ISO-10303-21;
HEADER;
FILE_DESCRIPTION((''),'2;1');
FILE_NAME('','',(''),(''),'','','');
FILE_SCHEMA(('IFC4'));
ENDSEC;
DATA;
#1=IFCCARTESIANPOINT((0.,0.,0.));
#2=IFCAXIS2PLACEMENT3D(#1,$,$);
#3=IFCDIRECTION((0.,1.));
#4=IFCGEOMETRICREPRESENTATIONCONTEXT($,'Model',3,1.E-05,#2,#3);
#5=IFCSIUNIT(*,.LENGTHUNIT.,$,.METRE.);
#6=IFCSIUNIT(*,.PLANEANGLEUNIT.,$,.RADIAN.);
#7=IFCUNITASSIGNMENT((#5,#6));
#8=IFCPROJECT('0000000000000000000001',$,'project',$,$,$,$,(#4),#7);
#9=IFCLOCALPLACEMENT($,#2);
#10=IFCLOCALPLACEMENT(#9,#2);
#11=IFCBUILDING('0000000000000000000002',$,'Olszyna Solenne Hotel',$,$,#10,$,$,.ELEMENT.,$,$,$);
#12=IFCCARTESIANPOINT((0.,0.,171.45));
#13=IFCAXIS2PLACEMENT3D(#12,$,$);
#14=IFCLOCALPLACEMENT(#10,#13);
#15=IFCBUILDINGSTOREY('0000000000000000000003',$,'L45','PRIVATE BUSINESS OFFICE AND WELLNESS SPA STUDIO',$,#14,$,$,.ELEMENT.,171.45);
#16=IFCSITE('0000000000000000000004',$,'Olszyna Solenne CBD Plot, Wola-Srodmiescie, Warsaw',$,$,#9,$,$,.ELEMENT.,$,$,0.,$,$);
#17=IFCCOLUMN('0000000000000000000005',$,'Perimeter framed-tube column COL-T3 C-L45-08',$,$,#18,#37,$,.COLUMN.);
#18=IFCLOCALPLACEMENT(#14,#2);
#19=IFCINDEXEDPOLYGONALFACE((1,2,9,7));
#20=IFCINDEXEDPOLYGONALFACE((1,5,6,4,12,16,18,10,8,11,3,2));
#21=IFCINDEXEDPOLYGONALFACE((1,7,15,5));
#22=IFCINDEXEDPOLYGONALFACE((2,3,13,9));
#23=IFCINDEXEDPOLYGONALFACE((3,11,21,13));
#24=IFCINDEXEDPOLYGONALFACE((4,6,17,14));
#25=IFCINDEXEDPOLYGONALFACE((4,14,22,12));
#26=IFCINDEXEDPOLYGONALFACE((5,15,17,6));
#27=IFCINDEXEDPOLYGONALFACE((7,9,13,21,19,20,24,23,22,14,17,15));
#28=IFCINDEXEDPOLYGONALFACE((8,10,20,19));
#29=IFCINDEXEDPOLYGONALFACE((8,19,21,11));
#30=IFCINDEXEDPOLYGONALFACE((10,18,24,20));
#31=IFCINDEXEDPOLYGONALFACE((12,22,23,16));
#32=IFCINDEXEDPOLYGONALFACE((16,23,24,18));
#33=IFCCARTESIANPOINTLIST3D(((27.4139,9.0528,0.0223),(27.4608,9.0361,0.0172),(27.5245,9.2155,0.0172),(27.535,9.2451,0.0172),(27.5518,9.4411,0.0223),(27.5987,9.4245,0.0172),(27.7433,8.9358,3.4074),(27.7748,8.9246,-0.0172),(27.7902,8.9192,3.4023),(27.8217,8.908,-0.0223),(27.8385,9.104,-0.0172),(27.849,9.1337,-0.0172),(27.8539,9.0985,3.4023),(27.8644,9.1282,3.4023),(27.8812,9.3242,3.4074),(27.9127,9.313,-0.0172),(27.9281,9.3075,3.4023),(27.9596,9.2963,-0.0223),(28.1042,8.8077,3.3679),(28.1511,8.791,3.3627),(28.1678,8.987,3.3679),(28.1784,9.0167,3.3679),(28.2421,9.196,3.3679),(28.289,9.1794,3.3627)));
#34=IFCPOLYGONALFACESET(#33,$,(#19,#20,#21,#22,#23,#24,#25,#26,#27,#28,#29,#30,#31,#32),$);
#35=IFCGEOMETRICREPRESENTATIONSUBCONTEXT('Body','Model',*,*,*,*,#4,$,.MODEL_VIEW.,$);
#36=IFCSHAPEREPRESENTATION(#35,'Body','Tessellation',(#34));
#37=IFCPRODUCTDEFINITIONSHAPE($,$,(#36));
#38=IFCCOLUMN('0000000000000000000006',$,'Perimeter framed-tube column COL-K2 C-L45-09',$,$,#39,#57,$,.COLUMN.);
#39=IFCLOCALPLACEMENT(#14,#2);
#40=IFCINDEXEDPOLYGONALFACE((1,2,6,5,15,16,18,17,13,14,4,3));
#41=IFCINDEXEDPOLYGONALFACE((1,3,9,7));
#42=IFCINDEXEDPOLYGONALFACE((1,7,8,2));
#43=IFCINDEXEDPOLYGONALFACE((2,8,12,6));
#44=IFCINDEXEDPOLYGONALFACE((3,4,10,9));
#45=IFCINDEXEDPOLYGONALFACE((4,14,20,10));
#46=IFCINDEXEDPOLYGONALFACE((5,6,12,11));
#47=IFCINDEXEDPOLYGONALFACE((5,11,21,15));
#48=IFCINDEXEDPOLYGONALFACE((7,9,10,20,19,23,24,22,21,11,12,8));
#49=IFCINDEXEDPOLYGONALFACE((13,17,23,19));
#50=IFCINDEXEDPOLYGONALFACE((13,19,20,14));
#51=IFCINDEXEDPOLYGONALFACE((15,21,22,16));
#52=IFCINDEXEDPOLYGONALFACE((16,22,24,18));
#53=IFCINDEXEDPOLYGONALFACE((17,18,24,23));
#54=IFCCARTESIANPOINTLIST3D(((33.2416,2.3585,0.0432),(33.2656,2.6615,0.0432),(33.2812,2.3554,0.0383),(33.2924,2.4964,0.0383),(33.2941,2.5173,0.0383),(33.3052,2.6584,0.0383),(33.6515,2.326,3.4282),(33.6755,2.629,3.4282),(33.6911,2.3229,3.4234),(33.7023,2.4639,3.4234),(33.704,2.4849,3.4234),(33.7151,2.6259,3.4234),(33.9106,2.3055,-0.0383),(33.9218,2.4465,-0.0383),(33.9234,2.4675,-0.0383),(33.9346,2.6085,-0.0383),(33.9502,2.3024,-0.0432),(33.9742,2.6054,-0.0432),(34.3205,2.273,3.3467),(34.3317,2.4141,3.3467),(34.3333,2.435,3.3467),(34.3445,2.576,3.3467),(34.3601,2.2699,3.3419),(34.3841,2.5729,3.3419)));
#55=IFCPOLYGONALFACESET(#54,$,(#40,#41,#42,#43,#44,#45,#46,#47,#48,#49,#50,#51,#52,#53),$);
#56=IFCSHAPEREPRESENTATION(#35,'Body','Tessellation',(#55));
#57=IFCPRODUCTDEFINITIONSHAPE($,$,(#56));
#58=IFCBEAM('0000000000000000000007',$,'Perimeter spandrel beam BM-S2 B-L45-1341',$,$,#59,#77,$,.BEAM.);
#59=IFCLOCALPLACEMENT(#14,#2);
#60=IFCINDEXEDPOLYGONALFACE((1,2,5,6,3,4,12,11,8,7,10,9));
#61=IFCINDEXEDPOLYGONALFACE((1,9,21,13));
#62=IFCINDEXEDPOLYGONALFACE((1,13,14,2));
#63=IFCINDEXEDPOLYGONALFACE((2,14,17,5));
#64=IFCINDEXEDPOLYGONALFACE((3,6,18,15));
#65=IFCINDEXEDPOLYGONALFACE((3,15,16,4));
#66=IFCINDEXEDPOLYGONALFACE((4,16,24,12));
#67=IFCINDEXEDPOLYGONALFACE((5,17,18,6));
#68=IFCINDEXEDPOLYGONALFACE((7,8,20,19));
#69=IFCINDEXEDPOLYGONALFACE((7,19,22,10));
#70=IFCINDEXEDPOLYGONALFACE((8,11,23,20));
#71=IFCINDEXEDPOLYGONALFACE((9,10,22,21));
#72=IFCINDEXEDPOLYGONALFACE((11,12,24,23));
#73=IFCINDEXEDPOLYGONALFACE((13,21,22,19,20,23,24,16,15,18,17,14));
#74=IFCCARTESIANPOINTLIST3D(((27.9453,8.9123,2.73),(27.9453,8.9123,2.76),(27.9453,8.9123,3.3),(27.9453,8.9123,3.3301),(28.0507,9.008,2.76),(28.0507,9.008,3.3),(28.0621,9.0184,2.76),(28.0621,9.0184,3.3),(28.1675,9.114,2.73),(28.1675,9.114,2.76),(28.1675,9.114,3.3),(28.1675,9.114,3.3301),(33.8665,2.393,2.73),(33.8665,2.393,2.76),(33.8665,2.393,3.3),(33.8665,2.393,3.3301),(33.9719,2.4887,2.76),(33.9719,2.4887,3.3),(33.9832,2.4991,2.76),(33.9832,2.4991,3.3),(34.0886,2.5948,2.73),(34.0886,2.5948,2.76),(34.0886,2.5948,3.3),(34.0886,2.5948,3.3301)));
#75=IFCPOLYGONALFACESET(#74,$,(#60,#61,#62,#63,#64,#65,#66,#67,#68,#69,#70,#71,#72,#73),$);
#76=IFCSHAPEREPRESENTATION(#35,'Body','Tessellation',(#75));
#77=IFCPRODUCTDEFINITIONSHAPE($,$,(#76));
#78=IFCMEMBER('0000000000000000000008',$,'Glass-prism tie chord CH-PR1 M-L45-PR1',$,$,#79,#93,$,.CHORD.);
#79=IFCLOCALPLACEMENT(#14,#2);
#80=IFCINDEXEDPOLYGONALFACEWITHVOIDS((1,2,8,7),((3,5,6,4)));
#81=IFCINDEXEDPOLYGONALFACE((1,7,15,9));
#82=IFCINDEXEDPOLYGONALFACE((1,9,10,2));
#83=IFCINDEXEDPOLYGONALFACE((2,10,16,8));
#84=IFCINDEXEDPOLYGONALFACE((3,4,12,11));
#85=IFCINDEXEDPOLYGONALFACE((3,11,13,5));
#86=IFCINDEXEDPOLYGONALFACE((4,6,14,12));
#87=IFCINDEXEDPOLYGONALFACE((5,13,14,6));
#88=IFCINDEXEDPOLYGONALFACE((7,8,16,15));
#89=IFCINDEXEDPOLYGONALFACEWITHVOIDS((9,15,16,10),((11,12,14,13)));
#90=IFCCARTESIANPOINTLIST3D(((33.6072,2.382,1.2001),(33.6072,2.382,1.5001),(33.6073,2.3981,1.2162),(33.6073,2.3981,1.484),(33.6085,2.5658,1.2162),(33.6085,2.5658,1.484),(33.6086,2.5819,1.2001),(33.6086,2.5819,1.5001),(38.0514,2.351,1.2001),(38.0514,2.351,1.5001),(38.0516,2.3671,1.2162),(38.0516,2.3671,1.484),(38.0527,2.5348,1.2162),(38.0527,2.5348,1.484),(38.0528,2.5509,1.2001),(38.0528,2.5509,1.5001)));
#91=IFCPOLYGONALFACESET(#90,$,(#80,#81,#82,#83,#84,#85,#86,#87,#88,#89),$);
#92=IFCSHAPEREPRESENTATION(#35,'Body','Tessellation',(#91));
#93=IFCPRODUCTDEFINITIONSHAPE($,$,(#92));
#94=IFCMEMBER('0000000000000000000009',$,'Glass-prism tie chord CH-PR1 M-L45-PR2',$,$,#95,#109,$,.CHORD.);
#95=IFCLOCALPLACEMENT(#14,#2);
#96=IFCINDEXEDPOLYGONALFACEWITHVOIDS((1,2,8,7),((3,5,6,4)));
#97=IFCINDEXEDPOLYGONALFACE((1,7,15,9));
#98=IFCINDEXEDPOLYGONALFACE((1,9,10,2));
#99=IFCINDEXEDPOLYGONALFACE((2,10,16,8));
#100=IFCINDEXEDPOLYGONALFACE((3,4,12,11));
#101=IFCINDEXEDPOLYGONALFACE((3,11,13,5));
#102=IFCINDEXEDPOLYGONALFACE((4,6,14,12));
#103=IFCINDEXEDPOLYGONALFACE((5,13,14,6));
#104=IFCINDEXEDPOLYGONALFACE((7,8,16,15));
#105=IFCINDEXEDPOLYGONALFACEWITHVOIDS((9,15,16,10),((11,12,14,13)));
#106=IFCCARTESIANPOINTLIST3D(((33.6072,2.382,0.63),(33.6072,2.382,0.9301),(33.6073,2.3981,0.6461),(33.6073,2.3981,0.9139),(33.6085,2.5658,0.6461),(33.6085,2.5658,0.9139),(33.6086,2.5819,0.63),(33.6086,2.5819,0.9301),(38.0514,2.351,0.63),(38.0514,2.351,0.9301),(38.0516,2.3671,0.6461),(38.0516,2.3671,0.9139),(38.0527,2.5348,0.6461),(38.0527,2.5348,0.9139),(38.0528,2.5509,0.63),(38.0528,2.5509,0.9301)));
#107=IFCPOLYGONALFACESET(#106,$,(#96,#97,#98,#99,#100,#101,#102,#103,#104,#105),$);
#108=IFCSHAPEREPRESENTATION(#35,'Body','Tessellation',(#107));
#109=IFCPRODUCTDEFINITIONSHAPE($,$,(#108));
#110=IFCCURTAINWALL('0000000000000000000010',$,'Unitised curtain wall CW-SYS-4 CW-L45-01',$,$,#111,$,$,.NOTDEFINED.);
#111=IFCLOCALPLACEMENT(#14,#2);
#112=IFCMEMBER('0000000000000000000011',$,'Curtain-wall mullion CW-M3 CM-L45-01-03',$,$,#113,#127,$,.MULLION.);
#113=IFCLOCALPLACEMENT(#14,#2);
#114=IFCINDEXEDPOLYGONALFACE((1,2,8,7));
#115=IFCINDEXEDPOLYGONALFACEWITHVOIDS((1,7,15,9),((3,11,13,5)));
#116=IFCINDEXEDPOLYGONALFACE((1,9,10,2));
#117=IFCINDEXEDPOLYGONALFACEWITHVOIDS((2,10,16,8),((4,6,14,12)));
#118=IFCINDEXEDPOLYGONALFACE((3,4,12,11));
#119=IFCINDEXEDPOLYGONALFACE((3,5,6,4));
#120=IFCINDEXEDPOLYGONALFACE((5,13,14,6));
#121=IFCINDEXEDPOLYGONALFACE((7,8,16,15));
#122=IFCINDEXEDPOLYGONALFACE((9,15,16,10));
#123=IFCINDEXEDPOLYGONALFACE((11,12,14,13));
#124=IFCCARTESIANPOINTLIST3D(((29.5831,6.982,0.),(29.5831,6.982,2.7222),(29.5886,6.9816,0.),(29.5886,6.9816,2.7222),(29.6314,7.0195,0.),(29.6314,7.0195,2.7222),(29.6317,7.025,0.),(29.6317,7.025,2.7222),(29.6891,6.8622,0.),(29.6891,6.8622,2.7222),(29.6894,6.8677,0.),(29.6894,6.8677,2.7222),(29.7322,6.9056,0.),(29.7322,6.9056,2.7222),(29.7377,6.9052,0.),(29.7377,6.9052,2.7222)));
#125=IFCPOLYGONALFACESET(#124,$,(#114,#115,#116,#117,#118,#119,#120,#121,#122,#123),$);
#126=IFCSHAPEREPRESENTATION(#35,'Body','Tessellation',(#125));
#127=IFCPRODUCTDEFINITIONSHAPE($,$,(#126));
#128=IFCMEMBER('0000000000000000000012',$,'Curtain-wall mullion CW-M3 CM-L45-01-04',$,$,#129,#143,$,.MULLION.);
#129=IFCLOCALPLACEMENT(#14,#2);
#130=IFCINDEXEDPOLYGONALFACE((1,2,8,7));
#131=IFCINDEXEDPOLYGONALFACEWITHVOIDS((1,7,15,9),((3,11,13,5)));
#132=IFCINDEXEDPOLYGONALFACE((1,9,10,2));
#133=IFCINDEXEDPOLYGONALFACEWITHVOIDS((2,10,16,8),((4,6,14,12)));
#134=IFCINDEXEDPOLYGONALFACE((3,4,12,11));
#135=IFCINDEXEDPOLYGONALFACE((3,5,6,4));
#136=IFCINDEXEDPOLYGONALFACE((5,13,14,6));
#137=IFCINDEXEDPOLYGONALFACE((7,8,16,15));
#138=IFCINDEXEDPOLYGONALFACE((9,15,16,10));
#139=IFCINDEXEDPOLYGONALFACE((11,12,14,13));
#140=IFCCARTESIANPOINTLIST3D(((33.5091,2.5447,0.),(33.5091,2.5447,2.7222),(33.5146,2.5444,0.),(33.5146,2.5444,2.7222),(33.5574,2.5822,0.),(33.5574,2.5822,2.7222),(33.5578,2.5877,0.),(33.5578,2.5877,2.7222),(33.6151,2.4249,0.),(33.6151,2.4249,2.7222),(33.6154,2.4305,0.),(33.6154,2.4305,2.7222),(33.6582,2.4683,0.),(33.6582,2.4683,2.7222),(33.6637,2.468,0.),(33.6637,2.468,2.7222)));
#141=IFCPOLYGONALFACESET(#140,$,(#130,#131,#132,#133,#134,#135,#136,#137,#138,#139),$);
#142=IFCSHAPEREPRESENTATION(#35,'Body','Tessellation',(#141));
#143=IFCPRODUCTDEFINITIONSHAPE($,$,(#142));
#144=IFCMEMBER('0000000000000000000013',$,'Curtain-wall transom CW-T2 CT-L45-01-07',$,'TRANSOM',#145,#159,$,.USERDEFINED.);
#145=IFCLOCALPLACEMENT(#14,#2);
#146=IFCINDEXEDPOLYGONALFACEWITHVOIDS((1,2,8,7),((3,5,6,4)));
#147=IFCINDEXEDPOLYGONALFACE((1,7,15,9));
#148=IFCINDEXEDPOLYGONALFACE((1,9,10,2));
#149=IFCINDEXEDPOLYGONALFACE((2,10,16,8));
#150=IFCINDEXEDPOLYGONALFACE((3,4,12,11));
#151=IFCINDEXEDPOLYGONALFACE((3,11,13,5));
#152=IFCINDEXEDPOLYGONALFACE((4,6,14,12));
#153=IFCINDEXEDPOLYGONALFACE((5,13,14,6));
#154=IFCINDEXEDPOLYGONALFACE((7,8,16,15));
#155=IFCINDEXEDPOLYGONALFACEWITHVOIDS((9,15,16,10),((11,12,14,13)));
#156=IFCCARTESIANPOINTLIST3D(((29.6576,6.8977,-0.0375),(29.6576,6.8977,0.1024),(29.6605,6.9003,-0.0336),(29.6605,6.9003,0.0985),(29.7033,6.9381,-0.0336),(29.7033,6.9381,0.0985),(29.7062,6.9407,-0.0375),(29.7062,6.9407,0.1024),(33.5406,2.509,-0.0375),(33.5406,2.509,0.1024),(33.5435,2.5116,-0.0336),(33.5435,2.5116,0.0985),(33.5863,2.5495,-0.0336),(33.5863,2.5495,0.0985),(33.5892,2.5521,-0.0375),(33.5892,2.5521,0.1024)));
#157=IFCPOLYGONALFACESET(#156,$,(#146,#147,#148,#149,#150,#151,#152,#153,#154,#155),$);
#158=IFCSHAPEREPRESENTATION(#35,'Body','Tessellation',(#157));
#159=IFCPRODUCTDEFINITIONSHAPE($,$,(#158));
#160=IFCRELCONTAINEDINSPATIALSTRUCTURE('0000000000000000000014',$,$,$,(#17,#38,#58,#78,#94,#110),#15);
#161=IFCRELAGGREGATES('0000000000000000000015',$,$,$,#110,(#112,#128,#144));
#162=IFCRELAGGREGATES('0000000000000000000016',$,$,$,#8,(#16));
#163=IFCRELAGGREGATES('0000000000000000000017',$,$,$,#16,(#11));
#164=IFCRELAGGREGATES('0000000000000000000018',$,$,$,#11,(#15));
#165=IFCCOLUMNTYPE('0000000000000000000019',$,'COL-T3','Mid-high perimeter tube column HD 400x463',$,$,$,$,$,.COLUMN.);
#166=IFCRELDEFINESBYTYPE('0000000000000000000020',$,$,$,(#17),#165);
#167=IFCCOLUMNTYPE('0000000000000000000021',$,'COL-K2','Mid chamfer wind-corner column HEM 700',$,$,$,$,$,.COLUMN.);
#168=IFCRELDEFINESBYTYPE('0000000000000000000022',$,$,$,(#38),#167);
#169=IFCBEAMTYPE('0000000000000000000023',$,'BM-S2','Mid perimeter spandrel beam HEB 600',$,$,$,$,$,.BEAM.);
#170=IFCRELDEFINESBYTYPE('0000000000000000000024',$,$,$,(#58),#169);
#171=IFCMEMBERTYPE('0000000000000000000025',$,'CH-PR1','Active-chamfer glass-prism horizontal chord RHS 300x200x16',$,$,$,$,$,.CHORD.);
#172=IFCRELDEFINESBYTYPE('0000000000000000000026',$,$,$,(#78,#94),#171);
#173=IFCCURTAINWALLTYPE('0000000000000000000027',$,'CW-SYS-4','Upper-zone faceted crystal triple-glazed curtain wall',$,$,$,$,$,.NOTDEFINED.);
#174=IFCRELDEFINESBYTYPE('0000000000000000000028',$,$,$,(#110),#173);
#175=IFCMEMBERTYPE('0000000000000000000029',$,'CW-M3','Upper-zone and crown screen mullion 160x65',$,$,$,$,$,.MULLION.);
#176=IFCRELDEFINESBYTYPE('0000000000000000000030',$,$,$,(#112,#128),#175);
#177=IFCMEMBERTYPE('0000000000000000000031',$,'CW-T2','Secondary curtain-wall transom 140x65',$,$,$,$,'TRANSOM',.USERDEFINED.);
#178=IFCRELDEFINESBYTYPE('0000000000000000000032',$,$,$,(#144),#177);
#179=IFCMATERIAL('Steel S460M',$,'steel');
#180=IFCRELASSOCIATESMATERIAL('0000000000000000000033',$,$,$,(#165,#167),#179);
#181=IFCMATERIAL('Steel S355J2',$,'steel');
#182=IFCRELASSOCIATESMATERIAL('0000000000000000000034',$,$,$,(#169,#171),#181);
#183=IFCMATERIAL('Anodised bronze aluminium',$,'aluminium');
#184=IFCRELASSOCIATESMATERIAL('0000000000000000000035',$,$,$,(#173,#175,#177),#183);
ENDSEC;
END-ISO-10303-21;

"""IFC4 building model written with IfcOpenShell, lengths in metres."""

from ifc_helpers import new_model, si_unit, direction, frame, origin, origin_2d, place, context, subcontext, project, spatial, hollow_rectangle, i_section, extrude, source, transform, mapped, material, material_profile, profile_set, type_object, element, aggregate, save


model = new_model("IFC4")

# Units and contexts
model_context = context("Model", 3, precision=1e-05, world=origin(), true_north=direction((0.0, 1.0)))
body_context = subcontext(model_context, "Body", "Model", "MODEL_VIEW")
ifc_project = project(units=[si_unit("LENGTHUNIT", "METRE"), si_unit("PLANEANGLEUNIT", "RADIAN")], contexts=[model_context])

# Site, building, storey
site_placement = place(None, origin())
site = spatial("IfcSite", under=ifc_project, at=site_placement, Name="Olszyna Solenne CBD Plot, Wola-Srodmiescie, Warsaw", CompositionType="ELEMENT", RefElevation=0.0)
building_placement = place(site_placement, origin())
building = spatial("IfcBuilding", under=site, at=building_placement, Name="Olszyna Solenne Hotel", CompositionType="ELEMENT")
storey_placement = place(building_placement, frame((0.0, 0.0, 171.45)))
storey = spatial("IfcBuildingStorey", under=building, at=storey_placement, Name="L45", Description="PRIVATE BUSINESS OFFICE AND WELLNESS SPA STUDIO", CompositionType="ELEMENT", Elevation=171.45)

# Columns
ifc_material_1 = material(Name="Steel S460M", Category="steel")
ifc_material_profile_1 = material_profile(ifc_material_1, i_section(OverallWidth=0.4121, OverallDepth=0.4351, WebThickness=0.0315, FlangeThickness=0.05, at=origin_2d()), Name="HD 400x463", Category="load-bearing")
ifc_profile_set_1 = profile_set([ifc_material_profile_1], Name="Steel S460M")
column_type_1 = type_object("IfcColumnType", Name="COL-T3", Description="Mid-high perimeter tube column HD 400x463", PredefinedType="COLUMN", material=ifc_profile_set_1)
shared_shape_1 = source(origin(), body_context, "Body", "SweptSolid", [
    extrude(i_section(OverallWidth=0.4121, OverallDepth=0.4351, WebThickness=0.0315, FlangeThickness=0.05, at=origin_2d()), origin(), (0.0, 0.0, 1.0), 3.4031),
])
column_1_placement = place(storey_placement, frame((27.6868, 9.1746, 0.0), z_axis=(0.096781, -0.034365, 0.994712), x_axis=(0.33461, 0.942357, 0.0)))
element("IfcColumn", 1, at=column_1_placement, inside=storey, type_object=column_type_1, Name="Perimeter framed-tube column COL-T3 C-L45-08", PredefinedType="COLUMN", context=body_context, shape_type="MappedRepresentation", body=[
    mapped(shared_shape_1, transform((0.0, 0.0, 0.0), x_axis=(1.0, 0.0, 0.0), y_axis=(0.0, 1.0, 0.0), z_axis=(0.0, 0.0, 1.0), scale=1.0)),
])
ifc_material_profile_2 = material_profile(ifc_material_1, i_section(OverallWidth=0.304, OverallDepth=0.7161, WebThickness=0.021, FlangeThickness=0.04, at=origin_2d()), Name="HEM 700", Category="load-bearing")
ifc_profile_set_2 = profile_set([ifc_material_profile_2], Name="Steel S460M")
column_type_2 = type_object("IfcColumnType", Name="COL-K2", Description="Mid chamfer wind-corner column HEM 700", PredefinedType="COLUMN", material=ifc_profile_set_2)
shared_shape_2 = source(origin(), body_context, "Body", "SweptSolid", [
    extrude(i_section(OverallWidth=0.304, OverallDepth=0.7161, WebThickness=0.021, FlangeThickness=0.04, at=origin_2d()), origin(), (0.0, 0.0, 1.0), 3.4099),
])
column_2_placement = place(storey_placement, frame((33.6079, 2.4819, 0.0), z_axis=(0.120213, -0.009522, 0.992703), x_axis=(0.078966, 0.996877, 0.0)))
element("IfcColumn", 2, at=column_2_placement, inside=storey, type_object=column_type_2, Name="Perimeter framed-tube column COL-K2 C-L45-09", PredefinedType="COLUMN", context=body_context, shape_type="MappedRepresentation", body=[
    mapped(shared_shape_2, transform((0.0, 0.0, 0.0), x_axis=(1.0, 0.0, 0.0), y_axis=(0.0, 1.0, 0.0), z_axis=(0.0, 0.0, 1.0), scale=1.0)),
])

# Beam
ifc_material_2 = material(Name="Steel S355J2", Category="steel")
ifc_material_profile_3 = material_profile(ifc_material_2, i_section(OverallWidth=0.3, OverallDepth=0.6001, WebThickness=0.0154, FlangeThickness=0.03, at=origin_2d()), Name="HEB 600", Category="load-bearing")
ifc_profile_set_3 = profile_set([ifc_material_profile_3], Name="Steel S355J2")
beam_type = type_object("IfcBeamType", Name="BM-S2", Description="Mid perimeter spandrel beam HEB 600", PredefinedType="BEAM", material=ifc_profile_set_3)
shared_shape_3 = source(origin(), body_context, "Body", "SweptSolid", [
    extrude(i_section(OverallWidth=0.3, OverallDepth=0.6001, WebThickness=0.0154, FlangeThickness=0.03, at=origin_2d()), origin(), (0.0, 0.0, 1.0), 8.8069),
])
beam_placement = place(storey_placement, frame((28.0564, 9.0132, 3.03), z_axis=(0.672332, -0.74025, 0.0), x_axis=(0.74025, 0.672332, 0.0)))
element("IfcBeam", 3, at=beam_placement, inside=storey, type_object=beam_type, Name="Perimeter spandrel beam BM-S2 B-L45-1341", PredefinedType="BEAM", context=body_context, shape_type="MappedRepresentation", body=[
    mapped(shared_shape_3, transform((0.0, 0.0, 0.0), x_axis=(1.0, 0.0, 0.0), y_axis=(0.0, 1.0, 0.0), z_axis=(0.0, 0.0, 1.0), scale=1.0)),
])

# Members
ifc_material_profile_4 = material_profile(ifc_material_2, hollow_rectangle(XDim=0.2, YDim=0.3, WallThickness=0.0161, at=origin_2d()), Name="RHS 300x200x16", Category="load-bearing")
ifc_profile_set_4 = profile_set([ifc_material_profile_4], Name="Steel S355J2")
member_type_1 = type_object("IfcMemberType", Name="CH-PR1", Description="Active-chamfer glass-prism horizontal chord RHS 300x200x16", PredefinedType="CHORD", material=ifc_profile_set_4)
shared_shape_4 = source(origin(), body_context, "Body", "SweptSolid", [
    extrude(hollow_rectangle(XDim=0.2, YDim=0.3, WallThickness=0.0161, at=origin_2d()), origin(), (0.0, 0.0, 1.0), 4.4443),
])
for number, where, z_axis, x_axis, name in (
    (4, (33.6079, 2.4819, 1.3501), (0.999976, -0.006976, 0.0), (0.006976, 0.999976, 0.0), "Glass-prism tie chord CH-PR1 M-L45-PR1"),
    (5, (33.6079, 2.4819, 0.78), (0.999976, -0.006976, 0.0), (0.006976, 0.999976, 0.0), "Glass-prism tie chord CH-PR1 M-L45-PR2"),
):
    element("IfcMember", number, at=place(storey_placement, frame(where, z_axis=z_axis, x_axis=x_axis)), inside=storey, type_object=member_type_1, Name=name, PredefinedType="CHORD", context=body_context, shape_type="MappedRepresentation", body=[
        mapped(shared_shape_4, transform((0.0, 0.0, 0.0), x_axis=(1.0, 0.0, 0.0), y_axis=(0.0, 1.0, 0.0), z_axis=(0.0, 0.0, 1.0), scale=1.0)),
    ])

# Curtain wall, members
ifc_material_3 = material(Name="Anodised bronze aluminium", Category="aluminium")
curtain_wall_type = type_object("IfcCurtainWallType", Name="CW-SYS-4", Description="Upper-zone faceted crystal triple-glazed curtain wall", PredefinedType="NOTDEFINED", material=ifc_material_3)
curtain_wall_placement = place(storey_placement, origin())
curtain_wall = element("IfcCurtainWall", 6, at=curtain_wall_placement, inside=storey, type_object=curtain_wall_type, Name="Unitised curtain wall CW-SYS-4 CW-L45-01", PredefinedType="NOTDEFINED")
ifc_material_profile_5 = material_profile(ifc_material_3, hollow_rectangle(XDim=0.0649, YDim=0.1599, WallThickness=0.0039, at=origin_2d()), Name="MULL 160x65x4", Category="load-bearing")
ifc_profile_set_5 = profile_set([ifc_material_profile_5], Name="Anodised bronze aluminium")
member_type_2 = type_object("IfcMemberType", Name="CW-M3", Description="Upper-zone and crown screen mullion 160x65", PredefinedType="MULLION", material=ifc_profile_set_5)
shared_shape_5 = source(origin(), body_context, "Body", "SweptSolid", [
    extrude(hollow_rectangle(XDim=0.0649, YDim=0.1599, WallThickness=0.0039, at=origin_2d()), origin(), (0.0, 0.0, 1.0), 2.7222),
])
member_1_placement = place(storey_placement, frame((29.6604, 6.9436, 0.0), z_axis=(0.0, 0.0, 1.0), x_axis=(0.748948, 0.662628, 0.0)))
member_1 = element("IfcMember", 7, at=member_1_placement, type_object=member_type_2, Name="Curtain-wall mullion CW-M3 CM-L45-01-03", PredefinedType="MULLION", context=body_context, shape_type="MappedRepresentation", body=[
    mapped(shared_shape_5, transform((0.0, 0.0, 0.0), x_axis=(1.0, 0.0, 0.0), y_axis=(0.0, 1.0, 0.0), z_axis=(0.0, 0.0, 1.0), scale=1.0)),
])
member_2_placement = place(storey_placement, frame((33.5864, 2.5063, 0.0), z_axis=(0.0, 0.0, 1.0), x_axis=(0.748948, 0.662628, 0.0)))
member_2 = element("IfcMember", 8, at=member_2_placement, type_object=member_type_2, Name="Curtain-wall mullion CW-M3 CM-L45-01-04", PredefinedType="MULLION", context=body_context, shape_type="MappedRepresentation", body=[
    mapped(shared_shape_5, transform((0.0, 0.0, 0.0), x_axis=(1.0, 0.0, 0.0), y_axis=(0.0, 1.0, 0.0), z_axis=(0.0, 0.0, 1.0), scale=1.0)),
])
ifc_material_profile_6 = material_profile(ifc_material_3, hollow_rectangle(XDim=0.0649, YDim=0.1399, WallThickness=0.0039, at=origin_2d()), Name="TRAN 140x65x4", Category="load-bearing")
ifc_profile_set_6 = profile_set([ifc_material_profile_6], Name="Anodised bronze aluminium")
member_type_3 = type_object("IfcMemberType", Name="CW-T2", Description="Secondary curtain-wall transom 140x65", ElementType="TRANSOM", PredefinedType="USERDEFINED", material=ifc_profile_set_6)
shared_shape_6 = source(origin(), body_context, "Body", "SweptSolid", [
    extrude(hollow_rectangle(XDim=0.0649, YDim=0.1399, WallThickness=0.0039, at=origin_2d()), origin(), (0.0, 0.0, 1.0), 5.8599),
])
member_3_placement = place(storey_placement, frame((29.6819, 6.9192, 0.0325), z_axis=(0.662648, -0.748931, 0.0), x_axis=(0.748931, 0.662648, 0.0)))
member_3 = element("IfcMember", 9, at=member_3_placement, type_object=member_type_3, Name="Curtain-wall transom CW-T2 CT-L45-01-07", ObjectType="TRANSOM", PredefinedType="USERDEFINED", context=body_context, shape_type="MappedRepresentation", body=[
    mapped(shared_shape_6, transform((0.0, 0.0, 0.0), x_axis=(1.0, 0.0, 0.0), y_axis=(0.0, 1.0, 0.0), z_axis=(0.0, 0.0, 1.0), scale=1.0)),
])

aggregate(curtain_wall, [member_1, member_2, member_3])

save(model, "model.ifc")
